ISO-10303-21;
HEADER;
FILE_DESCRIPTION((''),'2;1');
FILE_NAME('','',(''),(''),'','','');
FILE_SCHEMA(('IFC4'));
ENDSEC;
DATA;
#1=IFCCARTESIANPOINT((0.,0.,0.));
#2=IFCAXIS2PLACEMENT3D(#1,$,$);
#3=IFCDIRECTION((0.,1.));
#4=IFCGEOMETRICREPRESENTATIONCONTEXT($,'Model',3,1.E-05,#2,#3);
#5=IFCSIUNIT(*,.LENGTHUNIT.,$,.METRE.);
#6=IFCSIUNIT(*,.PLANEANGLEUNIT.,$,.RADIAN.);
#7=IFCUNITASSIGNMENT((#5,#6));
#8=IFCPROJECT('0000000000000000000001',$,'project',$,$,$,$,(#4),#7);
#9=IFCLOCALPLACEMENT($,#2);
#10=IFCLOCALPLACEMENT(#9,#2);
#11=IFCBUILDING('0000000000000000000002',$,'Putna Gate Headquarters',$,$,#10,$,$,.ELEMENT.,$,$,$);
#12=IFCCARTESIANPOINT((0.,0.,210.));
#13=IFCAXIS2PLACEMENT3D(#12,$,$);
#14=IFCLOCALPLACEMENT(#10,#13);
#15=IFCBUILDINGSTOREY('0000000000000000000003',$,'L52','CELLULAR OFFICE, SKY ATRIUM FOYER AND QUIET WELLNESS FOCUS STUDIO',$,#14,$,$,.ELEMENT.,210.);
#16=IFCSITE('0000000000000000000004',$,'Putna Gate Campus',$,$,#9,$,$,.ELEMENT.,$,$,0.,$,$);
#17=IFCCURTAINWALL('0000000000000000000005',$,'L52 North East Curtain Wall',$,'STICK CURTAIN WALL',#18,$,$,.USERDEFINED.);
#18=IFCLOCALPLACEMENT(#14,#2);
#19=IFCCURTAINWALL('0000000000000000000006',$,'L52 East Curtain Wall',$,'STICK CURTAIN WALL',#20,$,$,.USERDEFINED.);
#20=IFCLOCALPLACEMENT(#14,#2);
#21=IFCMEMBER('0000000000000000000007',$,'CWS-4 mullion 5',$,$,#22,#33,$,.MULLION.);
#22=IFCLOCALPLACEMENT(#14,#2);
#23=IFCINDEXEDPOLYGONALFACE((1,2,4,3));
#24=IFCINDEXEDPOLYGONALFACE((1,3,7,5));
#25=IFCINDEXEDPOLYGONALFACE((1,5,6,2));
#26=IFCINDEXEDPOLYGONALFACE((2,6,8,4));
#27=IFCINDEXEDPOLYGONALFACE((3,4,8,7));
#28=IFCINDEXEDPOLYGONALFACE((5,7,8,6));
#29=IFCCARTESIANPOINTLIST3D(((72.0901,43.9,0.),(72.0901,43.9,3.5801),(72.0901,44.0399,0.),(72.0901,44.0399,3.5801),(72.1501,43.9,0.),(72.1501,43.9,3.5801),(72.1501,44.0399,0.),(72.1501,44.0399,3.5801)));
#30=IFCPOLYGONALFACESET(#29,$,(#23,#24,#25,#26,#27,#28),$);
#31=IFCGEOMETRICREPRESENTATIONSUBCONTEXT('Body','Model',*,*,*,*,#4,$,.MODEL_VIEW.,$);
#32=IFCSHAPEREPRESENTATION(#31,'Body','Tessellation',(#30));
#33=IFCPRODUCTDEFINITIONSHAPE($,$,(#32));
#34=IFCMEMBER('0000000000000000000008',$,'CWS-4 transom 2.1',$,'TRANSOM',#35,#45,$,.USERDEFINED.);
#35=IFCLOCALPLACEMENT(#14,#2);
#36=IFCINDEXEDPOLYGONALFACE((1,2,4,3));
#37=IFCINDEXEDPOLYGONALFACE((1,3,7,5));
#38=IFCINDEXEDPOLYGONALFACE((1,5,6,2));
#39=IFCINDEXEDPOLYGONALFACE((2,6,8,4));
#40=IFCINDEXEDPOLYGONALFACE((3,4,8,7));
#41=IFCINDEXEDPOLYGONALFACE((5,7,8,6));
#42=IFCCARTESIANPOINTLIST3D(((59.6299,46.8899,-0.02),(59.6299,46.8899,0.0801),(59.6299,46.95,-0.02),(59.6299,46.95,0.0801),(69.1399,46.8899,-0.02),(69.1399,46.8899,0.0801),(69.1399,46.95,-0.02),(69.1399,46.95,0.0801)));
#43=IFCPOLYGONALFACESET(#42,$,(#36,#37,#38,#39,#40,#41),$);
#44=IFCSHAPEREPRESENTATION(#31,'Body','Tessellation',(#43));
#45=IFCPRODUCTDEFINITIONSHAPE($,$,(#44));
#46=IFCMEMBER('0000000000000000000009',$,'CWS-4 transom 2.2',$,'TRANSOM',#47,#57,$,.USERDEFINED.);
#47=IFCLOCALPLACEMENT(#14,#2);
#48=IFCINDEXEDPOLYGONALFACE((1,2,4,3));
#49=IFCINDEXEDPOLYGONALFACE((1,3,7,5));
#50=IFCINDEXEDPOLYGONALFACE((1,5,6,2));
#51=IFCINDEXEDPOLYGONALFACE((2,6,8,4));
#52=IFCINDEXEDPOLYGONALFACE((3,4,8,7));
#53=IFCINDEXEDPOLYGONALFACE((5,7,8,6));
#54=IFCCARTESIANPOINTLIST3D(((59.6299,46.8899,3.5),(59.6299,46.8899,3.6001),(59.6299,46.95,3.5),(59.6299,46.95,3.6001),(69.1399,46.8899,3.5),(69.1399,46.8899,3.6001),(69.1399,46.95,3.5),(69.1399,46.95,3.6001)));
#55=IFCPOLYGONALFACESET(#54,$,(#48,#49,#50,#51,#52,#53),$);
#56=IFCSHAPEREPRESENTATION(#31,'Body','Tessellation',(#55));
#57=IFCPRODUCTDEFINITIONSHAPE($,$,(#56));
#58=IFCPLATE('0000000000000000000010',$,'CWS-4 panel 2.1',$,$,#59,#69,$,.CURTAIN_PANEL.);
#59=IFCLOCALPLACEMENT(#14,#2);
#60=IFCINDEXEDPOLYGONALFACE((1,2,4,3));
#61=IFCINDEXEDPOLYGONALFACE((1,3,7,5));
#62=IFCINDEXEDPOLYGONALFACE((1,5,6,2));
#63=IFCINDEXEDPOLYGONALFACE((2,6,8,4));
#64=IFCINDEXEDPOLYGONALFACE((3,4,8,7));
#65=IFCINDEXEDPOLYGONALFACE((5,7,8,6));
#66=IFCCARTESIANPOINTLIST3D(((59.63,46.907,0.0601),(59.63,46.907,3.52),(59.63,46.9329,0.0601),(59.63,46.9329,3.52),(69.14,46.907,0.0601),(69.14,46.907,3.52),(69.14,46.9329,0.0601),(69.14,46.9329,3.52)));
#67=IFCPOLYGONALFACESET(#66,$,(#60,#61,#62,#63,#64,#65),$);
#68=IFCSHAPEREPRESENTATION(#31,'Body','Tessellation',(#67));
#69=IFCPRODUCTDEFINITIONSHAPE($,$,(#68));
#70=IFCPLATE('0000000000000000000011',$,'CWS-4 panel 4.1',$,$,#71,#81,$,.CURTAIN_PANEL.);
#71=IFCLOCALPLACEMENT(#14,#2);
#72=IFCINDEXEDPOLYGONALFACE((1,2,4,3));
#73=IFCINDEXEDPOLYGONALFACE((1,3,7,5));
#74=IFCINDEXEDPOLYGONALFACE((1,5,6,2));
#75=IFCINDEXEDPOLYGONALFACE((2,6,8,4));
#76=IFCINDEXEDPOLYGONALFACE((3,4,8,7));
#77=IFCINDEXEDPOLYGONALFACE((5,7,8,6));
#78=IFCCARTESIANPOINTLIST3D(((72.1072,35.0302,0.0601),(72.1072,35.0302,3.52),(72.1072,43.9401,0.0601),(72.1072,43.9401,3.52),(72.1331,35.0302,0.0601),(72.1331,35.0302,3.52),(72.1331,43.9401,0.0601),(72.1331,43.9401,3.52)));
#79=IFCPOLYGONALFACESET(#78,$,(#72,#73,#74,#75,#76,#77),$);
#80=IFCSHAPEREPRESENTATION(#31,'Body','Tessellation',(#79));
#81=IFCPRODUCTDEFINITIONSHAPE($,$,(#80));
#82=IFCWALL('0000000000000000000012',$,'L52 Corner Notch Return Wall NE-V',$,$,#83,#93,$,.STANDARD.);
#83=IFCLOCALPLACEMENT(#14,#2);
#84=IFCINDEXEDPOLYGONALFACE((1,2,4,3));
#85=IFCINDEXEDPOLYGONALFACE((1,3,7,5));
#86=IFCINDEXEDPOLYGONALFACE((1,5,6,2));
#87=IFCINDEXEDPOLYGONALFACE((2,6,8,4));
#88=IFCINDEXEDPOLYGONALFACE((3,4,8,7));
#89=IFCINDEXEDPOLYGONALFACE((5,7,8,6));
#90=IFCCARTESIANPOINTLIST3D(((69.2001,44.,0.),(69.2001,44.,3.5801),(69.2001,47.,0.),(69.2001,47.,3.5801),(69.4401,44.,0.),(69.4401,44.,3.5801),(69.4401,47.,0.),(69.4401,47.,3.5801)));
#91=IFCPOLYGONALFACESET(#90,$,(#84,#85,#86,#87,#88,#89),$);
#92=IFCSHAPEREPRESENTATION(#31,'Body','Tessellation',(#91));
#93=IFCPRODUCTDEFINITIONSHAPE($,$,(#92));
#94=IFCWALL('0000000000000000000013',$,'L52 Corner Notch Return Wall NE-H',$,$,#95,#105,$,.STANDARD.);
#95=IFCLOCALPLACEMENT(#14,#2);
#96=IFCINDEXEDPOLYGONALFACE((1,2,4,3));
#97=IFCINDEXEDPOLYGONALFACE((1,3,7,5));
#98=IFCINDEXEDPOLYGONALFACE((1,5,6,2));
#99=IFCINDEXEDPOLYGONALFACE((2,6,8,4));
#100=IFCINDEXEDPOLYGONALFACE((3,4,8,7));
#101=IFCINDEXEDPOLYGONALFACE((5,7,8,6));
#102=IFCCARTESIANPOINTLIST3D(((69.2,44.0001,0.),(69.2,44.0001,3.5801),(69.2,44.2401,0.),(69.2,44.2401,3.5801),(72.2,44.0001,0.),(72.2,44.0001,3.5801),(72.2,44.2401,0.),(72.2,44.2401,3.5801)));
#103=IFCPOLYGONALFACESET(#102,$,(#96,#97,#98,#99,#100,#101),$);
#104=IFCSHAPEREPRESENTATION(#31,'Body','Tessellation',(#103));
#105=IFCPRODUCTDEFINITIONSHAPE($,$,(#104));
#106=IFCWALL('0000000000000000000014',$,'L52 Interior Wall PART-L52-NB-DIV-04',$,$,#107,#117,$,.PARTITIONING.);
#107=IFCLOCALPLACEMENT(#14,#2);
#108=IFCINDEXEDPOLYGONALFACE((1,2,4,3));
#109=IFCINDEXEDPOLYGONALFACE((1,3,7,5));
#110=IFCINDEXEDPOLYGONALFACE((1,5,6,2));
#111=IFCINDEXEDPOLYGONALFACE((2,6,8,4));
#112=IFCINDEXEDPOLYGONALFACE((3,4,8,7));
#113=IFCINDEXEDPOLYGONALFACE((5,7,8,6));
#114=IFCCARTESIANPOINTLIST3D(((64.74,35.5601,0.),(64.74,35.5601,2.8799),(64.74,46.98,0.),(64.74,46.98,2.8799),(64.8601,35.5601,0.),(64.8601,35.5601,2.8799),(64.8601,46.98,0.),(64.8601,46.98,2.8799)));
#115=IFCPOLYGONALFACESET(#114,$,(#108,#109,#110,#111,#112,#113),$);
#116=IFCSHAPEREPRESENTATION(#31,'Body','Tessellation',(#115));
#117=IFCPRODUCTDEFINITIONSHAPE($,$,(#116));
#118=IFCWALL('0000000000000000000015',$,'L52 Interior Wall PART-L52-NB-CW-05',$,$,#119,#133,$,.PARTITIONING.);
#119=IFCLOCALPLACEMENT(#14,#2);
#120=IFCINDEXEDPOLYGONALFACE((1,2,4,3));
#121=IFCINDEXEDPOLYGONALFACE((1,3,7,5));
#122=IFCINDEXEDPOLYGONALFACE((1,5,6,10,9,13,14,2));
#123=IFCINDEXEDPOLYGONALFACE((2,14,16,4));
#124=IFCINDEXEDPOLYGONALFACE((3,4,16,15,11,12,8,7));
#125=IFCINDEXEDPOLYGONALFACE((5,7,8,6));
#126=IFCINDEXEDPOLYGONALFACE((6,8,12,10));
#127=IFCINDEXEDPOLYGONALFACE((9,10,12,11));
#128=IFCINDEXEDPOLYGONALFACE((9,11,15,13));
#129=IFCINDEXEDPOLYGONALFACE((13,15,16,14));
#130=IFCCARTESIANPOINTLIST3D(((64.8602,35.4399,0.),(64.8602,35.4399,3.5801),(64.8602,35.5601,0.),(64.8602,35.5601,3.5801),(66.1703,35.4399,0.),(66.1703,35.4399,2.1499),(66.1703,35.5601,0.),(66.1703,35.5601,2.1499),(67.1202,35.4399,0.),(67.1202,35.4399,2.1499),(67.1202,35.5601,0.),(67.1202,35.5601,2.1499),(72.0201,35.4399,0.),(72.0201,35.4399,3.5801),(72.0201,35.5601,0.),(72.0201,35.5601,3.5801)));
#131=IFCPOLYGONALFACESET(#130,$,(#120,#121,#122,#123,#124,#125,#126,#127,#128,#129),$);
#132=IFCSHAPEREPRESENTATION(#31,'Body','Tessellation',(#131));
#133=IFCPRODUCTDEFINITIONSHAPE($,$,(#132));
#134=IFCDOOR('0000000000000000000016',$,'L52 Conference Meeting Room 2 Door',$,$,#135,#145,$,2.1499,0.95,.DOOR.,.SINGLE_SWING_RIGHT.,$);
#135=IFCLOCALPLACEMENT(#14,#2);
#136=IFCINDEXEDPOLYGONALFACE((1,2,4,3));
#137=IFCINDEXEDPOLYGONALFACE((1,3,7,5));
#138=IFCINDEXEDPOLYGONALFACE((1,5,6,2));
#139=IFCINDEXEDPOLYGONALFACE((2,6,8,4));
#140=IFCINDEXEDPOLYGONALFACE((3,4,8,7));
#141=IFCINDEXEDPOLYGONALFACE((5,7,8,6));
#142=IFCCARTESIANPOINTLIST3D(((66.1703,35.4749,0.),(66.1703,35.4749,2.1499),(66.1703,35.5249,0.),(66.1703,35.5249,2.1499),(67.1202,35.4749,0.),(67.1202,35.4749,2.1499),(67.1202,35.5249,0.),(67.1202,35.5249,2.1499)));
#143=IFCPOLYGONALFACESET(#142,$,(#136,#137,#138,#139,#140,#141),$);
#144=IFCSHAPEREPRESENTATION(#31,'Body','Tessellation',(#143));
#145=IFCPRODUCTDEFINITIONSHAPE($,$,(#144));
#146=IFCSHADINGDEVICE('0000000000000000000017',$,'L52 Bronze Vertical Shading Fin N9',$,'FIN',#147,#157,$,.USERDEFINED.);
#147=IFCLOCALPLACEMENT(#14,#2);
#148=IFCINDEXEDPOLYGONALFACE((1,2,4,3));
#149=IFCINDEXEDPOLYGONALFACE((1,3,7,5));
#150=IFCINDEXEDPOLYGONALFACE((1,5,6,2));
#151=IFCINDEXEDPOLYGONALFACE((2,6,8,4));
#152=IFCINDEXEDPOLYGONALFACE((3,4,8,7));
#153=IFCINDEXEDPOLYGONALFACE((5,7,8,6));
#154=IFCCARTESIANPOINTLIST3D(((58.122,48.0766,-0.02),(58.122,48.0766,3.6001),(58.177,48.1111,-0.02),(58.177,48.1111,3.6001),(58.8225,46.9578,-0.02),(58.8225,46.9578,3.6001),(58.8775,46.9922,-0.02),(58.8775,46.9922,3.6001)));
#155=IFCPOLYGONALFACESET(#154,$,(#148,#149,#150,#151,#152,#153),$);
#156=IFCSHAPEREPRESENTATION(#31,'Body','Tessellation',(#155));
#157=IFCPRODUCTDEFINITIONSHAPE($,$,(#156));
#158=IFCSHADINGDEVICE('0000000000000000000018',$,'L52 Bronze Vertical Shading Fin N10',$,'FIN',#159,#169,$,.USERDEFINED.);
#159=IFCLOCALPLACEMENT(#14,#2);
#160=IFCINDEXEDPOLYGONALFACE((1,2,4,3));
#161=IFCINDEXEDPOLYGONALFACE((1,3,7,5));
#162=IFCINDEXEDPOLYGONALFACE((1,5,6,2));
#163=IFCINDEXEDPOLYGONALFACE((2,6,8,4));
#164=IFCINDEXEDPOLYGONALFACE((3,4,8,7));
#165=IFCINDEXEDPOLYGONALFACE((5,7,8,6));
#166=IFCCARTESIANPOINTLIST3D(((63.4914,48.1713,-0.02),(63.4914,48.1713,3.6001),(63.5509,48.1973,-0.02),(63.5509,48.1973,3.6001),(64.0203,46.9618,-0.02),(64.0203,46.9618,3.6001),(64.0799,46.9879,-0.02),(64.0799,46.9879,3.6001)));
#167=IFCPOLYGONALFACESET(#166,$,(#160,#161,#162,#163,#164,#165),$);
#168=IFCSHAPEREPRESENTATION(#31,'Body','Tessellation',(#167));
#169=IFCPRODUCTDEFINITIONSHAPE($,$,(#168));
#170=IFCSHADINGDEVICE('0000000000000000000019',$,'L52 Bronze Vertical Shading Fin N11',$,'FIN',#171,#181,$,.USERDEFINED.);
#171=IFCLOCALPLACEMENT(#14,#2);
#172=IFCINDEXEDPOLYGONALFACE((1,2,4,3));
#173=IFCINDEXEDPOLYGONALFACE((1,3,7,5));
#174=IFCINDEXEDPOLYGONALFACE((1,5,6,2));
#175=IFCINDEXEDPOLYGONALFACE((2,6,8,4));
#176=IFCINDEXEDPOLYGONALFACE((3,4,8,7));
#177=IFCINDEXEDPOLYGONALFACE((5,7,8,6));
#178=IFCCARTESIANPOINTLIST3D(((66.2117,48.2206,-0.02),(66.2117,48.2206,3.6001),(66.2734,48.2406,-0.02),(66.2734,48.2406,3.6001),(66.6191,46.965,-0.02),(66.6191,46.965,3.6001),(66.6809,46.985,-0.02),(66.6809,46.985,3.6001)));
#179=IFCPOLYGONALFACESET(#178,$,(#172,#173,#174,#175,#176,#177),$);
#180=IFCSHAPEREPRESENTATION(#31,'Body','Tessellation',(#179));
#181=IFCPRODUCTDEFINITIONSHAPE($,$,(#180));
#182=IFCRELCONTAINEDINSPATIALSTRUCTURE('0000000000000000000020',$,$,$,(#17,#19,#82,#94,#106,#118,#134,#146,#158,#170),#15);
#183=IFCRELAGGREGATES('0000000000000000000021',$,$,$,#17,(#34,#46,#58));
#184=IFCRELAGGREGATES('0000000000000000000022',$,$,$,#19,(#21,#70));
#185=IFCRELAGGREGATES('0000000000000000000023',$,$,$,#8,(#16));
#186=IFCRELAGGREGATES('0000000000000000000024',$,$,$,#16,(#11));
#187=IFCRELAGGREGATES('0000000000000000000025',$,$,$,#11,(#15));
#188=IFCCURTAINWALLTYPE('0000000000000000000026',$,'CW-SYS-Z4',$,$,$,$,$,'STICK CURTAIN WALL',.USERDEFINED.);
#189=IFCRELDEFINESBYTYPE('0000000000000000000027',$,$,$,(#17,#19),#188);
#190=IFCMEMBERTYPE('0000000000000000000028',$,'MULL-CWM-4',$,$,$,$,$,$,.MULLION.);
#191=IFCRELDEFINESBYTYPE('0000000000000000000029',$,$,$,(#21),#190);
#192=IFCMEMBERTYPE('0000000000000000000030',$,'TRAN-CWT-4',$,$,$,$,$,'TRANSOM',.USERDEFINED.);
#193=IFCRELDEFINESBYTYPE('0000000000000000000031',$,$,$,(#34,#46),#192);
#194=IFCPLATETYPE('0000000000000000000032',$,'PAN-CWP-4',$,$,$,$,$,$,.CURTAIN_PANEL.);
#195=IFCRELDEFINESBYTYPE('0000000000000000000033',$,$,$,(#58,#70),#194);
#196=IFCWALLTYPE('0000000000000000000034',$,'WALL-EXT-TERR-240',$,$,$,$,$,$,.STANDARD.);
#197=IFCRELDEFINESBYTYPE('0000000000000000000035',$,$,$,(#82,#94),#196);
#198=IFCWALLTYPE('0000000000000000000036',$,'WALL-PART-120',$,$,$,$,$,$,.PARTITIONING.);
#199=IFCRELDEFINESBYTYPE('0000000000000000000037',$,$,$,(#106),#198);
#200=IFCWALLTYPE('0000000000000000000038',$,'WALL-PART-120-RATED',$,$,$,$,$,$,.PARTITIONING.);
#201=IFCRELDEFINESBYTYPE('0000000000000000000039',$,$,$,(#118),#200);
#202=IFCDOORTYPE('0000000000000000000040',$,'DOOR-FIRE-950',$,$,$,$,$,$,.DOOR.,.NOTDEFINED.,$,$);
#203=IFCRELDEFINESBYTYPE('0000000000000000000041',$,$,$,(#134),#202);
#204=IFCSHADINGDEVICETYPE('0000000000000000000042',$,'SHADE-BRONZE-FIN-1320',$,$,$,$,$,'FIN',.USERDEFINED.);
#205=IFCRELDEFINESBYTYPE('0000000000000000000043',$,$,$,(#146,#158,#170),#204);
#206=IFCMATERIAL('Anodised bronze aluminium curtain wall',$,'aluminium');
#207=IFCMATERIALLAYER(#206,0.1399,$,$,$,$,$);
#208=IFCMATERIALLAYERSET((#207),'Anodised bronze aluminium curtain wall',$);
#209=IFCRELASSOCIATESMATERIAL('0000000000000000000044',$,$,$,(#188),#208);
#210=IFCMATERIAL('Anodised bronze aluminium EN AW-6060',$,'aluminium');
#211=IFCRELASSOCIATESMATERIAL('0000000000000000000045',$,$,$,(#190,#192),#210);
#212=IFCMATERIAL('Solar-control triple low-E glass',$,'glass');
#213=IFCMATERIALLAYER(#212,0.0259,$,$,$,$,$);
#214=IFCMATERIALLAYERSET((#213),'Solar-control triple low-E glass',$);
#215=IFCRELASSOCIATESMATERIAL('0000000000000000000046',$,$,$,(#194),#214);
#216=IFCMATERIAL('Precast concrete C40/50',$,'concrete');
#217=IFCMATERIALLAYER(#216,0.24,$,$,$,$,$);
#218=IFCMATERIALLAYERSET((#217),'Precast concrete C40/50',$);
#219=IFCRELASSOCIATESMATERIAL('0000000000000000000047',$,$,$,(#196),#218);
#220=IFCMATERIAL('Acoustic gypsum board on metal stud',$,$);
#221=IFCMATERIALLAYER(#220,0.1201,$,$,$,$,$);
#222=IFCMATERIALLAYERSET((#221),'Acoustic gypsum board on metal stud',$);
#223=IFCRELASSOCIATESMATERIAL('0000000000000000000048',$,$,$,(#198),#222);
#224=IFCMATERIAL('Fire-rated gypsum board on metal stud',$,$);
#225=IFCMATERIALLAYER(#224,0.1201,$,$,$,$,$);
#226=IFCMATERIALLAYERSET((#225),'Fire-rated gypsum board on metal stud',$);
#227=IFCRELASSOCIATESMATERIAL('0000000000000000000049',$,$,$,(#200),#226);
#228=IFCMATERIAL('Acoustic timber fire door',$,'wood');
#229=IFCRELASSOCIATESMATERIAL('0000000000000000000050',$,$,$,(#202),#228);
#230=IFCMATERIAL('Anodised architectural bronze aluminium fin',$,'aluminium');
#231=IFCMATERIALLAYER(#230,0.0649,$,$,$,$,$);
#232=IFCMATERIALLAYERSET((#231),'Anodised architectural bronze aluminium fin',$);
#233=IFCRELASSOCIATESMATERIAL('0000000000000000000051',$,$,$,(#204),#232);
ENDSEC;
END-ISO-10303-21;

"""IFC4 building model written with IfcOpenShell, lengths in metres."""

from ifc_helpers import new_model, si_unit, direction, frame, frame_2d, origin, origin_2d, place, context, subcontext, project, spatial, rectangle, extrude, material, layer, layer_set, material_profile, profile_set, type_object, element, fill, aggregate, save


model = new_model("IFC4")

# Units and contexts
model_context = context("Model", 3, precision=1e-05, world=origin(), true_north=direction((0.0, 1.0)))
body_context = subcontext(model_context, "Body", "Model", "MODEL_VIEW")
ifc_project = project(units=[si_unit("LENGTHUNIT", "METRE"), si_unit("PLANEANGLEUNIT", "RADIAN")], contexts=[model_context])

# Site, building, storey
site_placement = place(None, origin())
site = spatial("IfcSite", under=ifc_project, at=site_placement, Name="Putna Gate Campus", CompositionType="ELEMENT", RefElevation=0.0)
building_placement = place(site_placement, origin())
building = spatial("IfcBuilding", under=site, at=building_placement, Name="Putna Gate Headquarters", CompositionType="ELEMENT")
storey_placement = place(building_placement, frame((0.0, 0.0, 210.0)))
storey = spatial("IfcBuildingStorey", under=building, at=storey_placement, Name="L52", Description="CELLULAR OFFICE, SKY ATRIUM FOYER AND QUIET WELLNESS FOCUS STUDIO", CompositionType="ELEMENT", Elevation=210.0)

# Curtain wall
ifc_material_1 = material(Name="Anodised bronze aluminium curtain wall", Category="aluminium")
ifc_layer_1 = layer(ifc_material_1, 0.1399)
ifc_layer_set_1 = layer_set([ifc_layer_1], Name="Anodised bronze aluminium curtain wall")
curtain_wall_type = type_object("IfcCurtainWallType", Name="CW-SYS-Z4", ElementType="STICK CURTAIN WALL", PredefinedType="USERDEFINED", material=ifc_layer_set_1)
curtain_wall_1_placement = place(storey_placement, origin())
curtain_wall_1 = element("IfcCurtainWall", 1, at=curtain_wall_1_placement, inside=storey, type_object=curtain_wall_type, Name="L52 North East Curtain Wall", ObjectType="STICK CURTAIN WALL", PredefinedType="USERDEFINED")
ifc_material_2 = material(Name="Anodised bronze aluminium EN AW-6060", Category="aluminium")
ifc_material_profile_1 = material_profile(ifc_material_2, rectangle(XDim=0.0601, YDim=0.1399, at=origin_2d()), Name="Anodised bronze aluminium EN AW-6060")
ifc_profile_set_1 = profile_set([ifc_material_profile_1], Name="Anodised bronze aluminium EN AW-6060")
member_type_1 = type_object("IfcMemberType", Name="MULL-CWM-4", PredefinedType="MULLION", material=ifc_profile_set_1)

# Curtain wall, member
curtain_wall_2_placement = place(storey_placement, origin())
curtain_wall_2 = element("IfcCurtainWall", 2, at=curtain_wall_2_placement, inside=storey, type_object=curtain_wall_type, Name="L52 East Curtain Wall", ObjectType="STICK CURTAIN WALL", PredefinedType="USERDEFINED")
member_1_placement = place(storey_placement, frame((72.1201, 43.97, 0.0), z_axis=(0.0, 0.0, 1.0), x_axis=(-1.0, 0.0, 0.0)))
member_1 = element("IfcMember", 3, at=member_1_placement, type_object=member_type_1, Name="CWS-4 mullion 5", PredefinedType="MULLION", context=body_context, shape_type="SweptSolid", body=[
    extrude(rectangle(XDim=0.0601, YDim=0.1399, at=origin_2d()), origin(), (0.0, 0.0, 1.0), 3.5801),
])

# Members
ifc_material_profile_2 = material_profile(ifc_material_2, rectangle(XDim=0.0601, YDim=0.1001, at=origin_2d()), Name="Anodised bronze aluminium EN AW-6060")
ifc_profile_set_2 = profile_set([ifc_material_profile_2], Name="Anodised bronze aluminium EN AW-6060")
member_type_2 = type_object("IfcMemberType", Name="TRAN-CWT-4", ElementType="TRANSOM", PredefinedType="USERDEFINED", material=ifc_profile_set_2)
member_2_placement = place(storey_placement, frame((59.6299, 46.9199, 0.03), z_axis=(1.0, 0.0, 0.0), x_axis=(0.0, 1.0, 0.0)))
member_2 = element("IfcMember", 4, at=member_2_placement, type_object=member_type_2, Name="CWS-4 transom 2.1", ObjectType="TRANSOM", PredefinedType="USERDEFINED", context=body_context, shape_type="SweptSolid", body=[
    extrude(rectangle(XDim=0.0601, YDim=0.1001, at=origin_2d()), origin(), (0.0, 0.0, 1.0), 9.51),
])
member_3_placement = place(storey_placement, frame((59.6299, 46.9199, 3.55), z_axis=(1.0, 0.0, 0.0), x_axis=(0.0, 1.0, 0.0)))
member_3 = element("IfcMember", 5, at=member_3_placement, type_object=member_type_2, Name="CWS-4 transom 2.2", ObjectType="TRANSOM", PredefinedType="USERDEFINED", context=body_context, shape_type="SweptSolid", body=[
    extrude(rectangle(XDim=0.0601, YDim=0.1001, at=origin_2d()), origin(), (0.0, 0.0, 1.0), 9.51),
])

# Plates
ifc_material_3 = material(Name="Solar-control triple low-E glass", Category="glass")
ifc_layer_2 = layer(ifc_material_3, 0.0259)
ifc_layer_set_2 = layer_set([ifc_layer_2], Name="Solar-control triple low-E glass")
plate_type = type_object("IfcPlateType", Name="PAN-CWP-4", PredefinedType="CURTAIN_PANEL", material=ifc_layer_set_2)
plate_1_placement = place(storey_placement, frame((64.385, 46.9199, 0.0601), z_axis=(0.0, 0.0, 1.0), x_axis=(1.0, 0.0, 0.0)))
plate_1 = element("IfcPlate", 6, at=plate_1_placement, type_object=plate_type, Name="CWS-4 panel 2.1", PredefinedType="CURTAIN_PANEL", context=body_context, shape_type="SweptSolid", body=[
    extrude(rectangle(XDim=9.51, YDim=0.0259, at=origin_2d()), origin(), (0.0, 0.0, 1.0), 3.46),
])
aggregate(curtain_wall_1, [member_2, member_3, plate_1])
plate_2_placement = place(storey_placement, frame((72.1201, 39.4851, 0.0601), z_axis=(0.0, 0.0, 1.0), x_axis=(0.0, 1.0, 0.0)))
plate_2 = element("IfcPlate", 7, at=plate_2_placement, type_object=plate_type, Name="CWS-4 panel 4.1", PredefinedType="CURTAIN_PANEL", context=body_context, shape_type="SweptSolid", body=[
    extrude(rectangle(XDim=8.9099, YDim=0.0259, at=origin_2d()), origin(), (0.0, 0.0, 1.0), 3.46),
])
aggregate(curtain_wall_2, [member_1, plate_2])

# Walls
ifc_material_4 = material(Name="Precast concrete C40/50", Category="concrete")
ifc_layer_3 = layer(ifc_material_4, 0.24)
ifc_layer_set_3 = layer_set([ifc_layer_3], Name="Precast concrete C40/50")
wall_type_1 = type_object("IfcWallType", Name="WALL-EXT-TERR-240", PredefinedType="STANDARD", material=ifc_layer_set_3)
for number, where, z_axis, x_axis, name in (
    (8, (69.3201, 47.0, 0.0), (0.0, 0.0, 1.0), (0.0, -1.0, 0.0), "L52 Corner Notch Return Wall NE-V"),
    (9, (69.2, 44.1201, 0.0), (0.0, 0.0, 1.0), (1.0, 0.0, 0.0), "L52 Corner Notch Return Wall NE-H"),
):
    element("IfcWall", number, at=place(storey_placement, frame(where, z_axis=z_axis, x_axis=x_axis)), inside=storey, type_object=wall_type_1, Name=name, PredefinedType="STANDARD", context=body_context, shape_type="SweptSolid", body=[
        extrude(rectangle(XDim=3.0, YDim=0.24, at=frame_2d((1.5, 0.0))), origin(), (0.0, 0.0, 1.0), 3.5801),
    ])
ifc_material_5 = material(Name="Acoustic gypsum board on metal stud")
ifc_layer_4 = layer(ifc_material_5, 0.1201)
ifc_layer_set_4 = layer_set([ifc_layer_4], Name="Acoustic gypsum board on metal stud")
wall_type_2 = type_object("IfcWallType", Name="WALL-PART-120", PredefinedType="PARTITIONING", material=ifc_layer_set_4)
wall_1_placement = place(storey_placement, frame((64.8, 35.5601, 0.0), z_axis=(0.0, 0.0, 1.0), x_axis=(0.0, 1.0, 0.0)))
element("IfcWall", 10, at=wall_1_placement, inside=storey, type_object=wall_type_2, Name="L52 Interior Wall PART-L52-NB-DIV-04", PredefinedType="PARTITIONING", context=body_context, shape_type="SweptSolid", body=[
    extrude(rectangle(XDim=11.4199, YDim=0.1201, at=frame_2d((5.71, 0.0))), origin(), (0.0, 0.0, 1.0), 2.8799),
])

# Wall, opening, door
ifc_material_6 = material(Name="Fire-rated gypsum board on metal stud")
ifc_layer_5 = layer(ifc_material_6, 0.1201)
ifc_layer_set_5 = layer_set([ifc_layer_5], Name="Fire-rated gypsum board on metal stud")
wall_type_3 = type_object("IfcWallType", Name="WALL-PART-120-RATED", PredefinedType="PARTITIONING", material=ifc_layer_set_5)
wall_2_placement = place(storey_placement, frame((64.8601, 35.5, 0.0), z_axis=(0.0, 0.0, 1.0), x_axis=(1.0, 0.0, 0.0)))
wall_2 = element("IfcWall", 11, at=wall_2_placement, inside=storey, type_object=wall_type_3, Name="L52 Interior Wall PART-L52-NB-CW-05", PredefinedType="PARTITIONING", context=body_context, shape_type="SweptSolid", body=[
    extrude(rectangle(XDim=7.1599, YDim=0.1201, at=frame_2d((3.5801, 0.0))), origin(), (0.0, 0.0, 1.0), 3.5801),
])
opening_placement = place(wall_2_placement, frame((1.3101, 0.0, 0.0)))
opening = element("IfcOpeningElement", 12, at=opening_placement, cuts=wall_2, PredefinedType="OPENING", context=body_context, shape_type="SweptSolid", body=[
    extrude(rectangle(XDim=0.95, YDim=2.1499, at=frame_2d((0.4751, 1.075))), frame((0.0, 0.0701, 0.0), z_axis=(0.0, -1.0, 0.0), x_axis=(1.0, 0.0, 0.0)), (0.0, 0.0, 1.0), 0.1401),
])
ifc_material_7 = material(Name="Acoustic timber fire door", Category="wood")
door_type = type_object("IfcDoorType", Name="DOOR-FIRE-950", OperationType="NOTDEFINED", PredefinedType="DOOR", material=ifc_material_7)
door_placement = place(opening_placement, origin())
door = element("IfcDoor", 13, at=door_placement, inside=storey, type_object=door_type, Name="L52 Conference Meeting Room 2 Door", OperationType="SINGLE_SWING_RIGHT", OverallHeight=2.1499, OverallWidth=0.95, PredefinedType="DOOR", context=body_context, shape_type="SweptSolid", body=[
    extrude(rectangle(XDim=0.95, YDim=2.1499, at=frame_2d((0.4751, 1.075))), frame((0.0, 0.0249, 0.0), z_axis=(0.0, -1.0, 0.0), x_axis=(1.0, 0.0, 0.0)), (0.0, 0.0, 1.0), 0.05),
])
fill(opening, door)

# Shading devices
ifc_material_8 = material(Name="Anodised architectural bronze aluminium fin", Category="aluminium")
ifc_layer_6 = layer(ifc_material_8, 0.0649)
ifc_layer_set_6 = layer_set([ifc_layer_6], Name="Anodised architectural bronze aluminium fin")
shading_device_type = type_object("IfcShadingDeviceType", Name="SHADE-BRONZE-FIN-1320", ElementType="FIN", PredefinedType="USERDEFINED", material=ifc_layer_set_6)
for number, where, z_axis, x_axis, name in (
    (14, (58.4998, 47.5344, -0.02), (0.0, 0.0, 1.0), (-0.530659, 0.847585, 0.0), "L52 Bronze Vertical Shading Fin N9"),
    (15, (63.7856, 47.5796, -0.02), (0.0, 0.0, 1.0), (-0.400669, 0.916223, 0.0), "L52 Bronze Vertical Shading Fin N10"),
    (16, (66.4463, 47.6028, -0.02), (0.0, 0.0, 1.0), (-0.308685, 0.951164, 0.0), "L52 Bronze Vertical Shading Fin N11"),
):
    element("IfcShadingDevice", number, at=place(storey_placement, frame(where, z_axis=z_axis, x_axis=x_axis)), inside=storey, type_object=shading_device_type, Name=name, ObjectType="FIN", PredefinedType="USERDEFINED", context=body_context, shape_type="SweptSolid", body=[
        extrude(rectangle(XDim=1.3201, YDim=0.0649, at=origin_2d()), origin(), (0.0, 0.0, 1.0), 3.6201),
    ])

save(model, "model.ifc")
